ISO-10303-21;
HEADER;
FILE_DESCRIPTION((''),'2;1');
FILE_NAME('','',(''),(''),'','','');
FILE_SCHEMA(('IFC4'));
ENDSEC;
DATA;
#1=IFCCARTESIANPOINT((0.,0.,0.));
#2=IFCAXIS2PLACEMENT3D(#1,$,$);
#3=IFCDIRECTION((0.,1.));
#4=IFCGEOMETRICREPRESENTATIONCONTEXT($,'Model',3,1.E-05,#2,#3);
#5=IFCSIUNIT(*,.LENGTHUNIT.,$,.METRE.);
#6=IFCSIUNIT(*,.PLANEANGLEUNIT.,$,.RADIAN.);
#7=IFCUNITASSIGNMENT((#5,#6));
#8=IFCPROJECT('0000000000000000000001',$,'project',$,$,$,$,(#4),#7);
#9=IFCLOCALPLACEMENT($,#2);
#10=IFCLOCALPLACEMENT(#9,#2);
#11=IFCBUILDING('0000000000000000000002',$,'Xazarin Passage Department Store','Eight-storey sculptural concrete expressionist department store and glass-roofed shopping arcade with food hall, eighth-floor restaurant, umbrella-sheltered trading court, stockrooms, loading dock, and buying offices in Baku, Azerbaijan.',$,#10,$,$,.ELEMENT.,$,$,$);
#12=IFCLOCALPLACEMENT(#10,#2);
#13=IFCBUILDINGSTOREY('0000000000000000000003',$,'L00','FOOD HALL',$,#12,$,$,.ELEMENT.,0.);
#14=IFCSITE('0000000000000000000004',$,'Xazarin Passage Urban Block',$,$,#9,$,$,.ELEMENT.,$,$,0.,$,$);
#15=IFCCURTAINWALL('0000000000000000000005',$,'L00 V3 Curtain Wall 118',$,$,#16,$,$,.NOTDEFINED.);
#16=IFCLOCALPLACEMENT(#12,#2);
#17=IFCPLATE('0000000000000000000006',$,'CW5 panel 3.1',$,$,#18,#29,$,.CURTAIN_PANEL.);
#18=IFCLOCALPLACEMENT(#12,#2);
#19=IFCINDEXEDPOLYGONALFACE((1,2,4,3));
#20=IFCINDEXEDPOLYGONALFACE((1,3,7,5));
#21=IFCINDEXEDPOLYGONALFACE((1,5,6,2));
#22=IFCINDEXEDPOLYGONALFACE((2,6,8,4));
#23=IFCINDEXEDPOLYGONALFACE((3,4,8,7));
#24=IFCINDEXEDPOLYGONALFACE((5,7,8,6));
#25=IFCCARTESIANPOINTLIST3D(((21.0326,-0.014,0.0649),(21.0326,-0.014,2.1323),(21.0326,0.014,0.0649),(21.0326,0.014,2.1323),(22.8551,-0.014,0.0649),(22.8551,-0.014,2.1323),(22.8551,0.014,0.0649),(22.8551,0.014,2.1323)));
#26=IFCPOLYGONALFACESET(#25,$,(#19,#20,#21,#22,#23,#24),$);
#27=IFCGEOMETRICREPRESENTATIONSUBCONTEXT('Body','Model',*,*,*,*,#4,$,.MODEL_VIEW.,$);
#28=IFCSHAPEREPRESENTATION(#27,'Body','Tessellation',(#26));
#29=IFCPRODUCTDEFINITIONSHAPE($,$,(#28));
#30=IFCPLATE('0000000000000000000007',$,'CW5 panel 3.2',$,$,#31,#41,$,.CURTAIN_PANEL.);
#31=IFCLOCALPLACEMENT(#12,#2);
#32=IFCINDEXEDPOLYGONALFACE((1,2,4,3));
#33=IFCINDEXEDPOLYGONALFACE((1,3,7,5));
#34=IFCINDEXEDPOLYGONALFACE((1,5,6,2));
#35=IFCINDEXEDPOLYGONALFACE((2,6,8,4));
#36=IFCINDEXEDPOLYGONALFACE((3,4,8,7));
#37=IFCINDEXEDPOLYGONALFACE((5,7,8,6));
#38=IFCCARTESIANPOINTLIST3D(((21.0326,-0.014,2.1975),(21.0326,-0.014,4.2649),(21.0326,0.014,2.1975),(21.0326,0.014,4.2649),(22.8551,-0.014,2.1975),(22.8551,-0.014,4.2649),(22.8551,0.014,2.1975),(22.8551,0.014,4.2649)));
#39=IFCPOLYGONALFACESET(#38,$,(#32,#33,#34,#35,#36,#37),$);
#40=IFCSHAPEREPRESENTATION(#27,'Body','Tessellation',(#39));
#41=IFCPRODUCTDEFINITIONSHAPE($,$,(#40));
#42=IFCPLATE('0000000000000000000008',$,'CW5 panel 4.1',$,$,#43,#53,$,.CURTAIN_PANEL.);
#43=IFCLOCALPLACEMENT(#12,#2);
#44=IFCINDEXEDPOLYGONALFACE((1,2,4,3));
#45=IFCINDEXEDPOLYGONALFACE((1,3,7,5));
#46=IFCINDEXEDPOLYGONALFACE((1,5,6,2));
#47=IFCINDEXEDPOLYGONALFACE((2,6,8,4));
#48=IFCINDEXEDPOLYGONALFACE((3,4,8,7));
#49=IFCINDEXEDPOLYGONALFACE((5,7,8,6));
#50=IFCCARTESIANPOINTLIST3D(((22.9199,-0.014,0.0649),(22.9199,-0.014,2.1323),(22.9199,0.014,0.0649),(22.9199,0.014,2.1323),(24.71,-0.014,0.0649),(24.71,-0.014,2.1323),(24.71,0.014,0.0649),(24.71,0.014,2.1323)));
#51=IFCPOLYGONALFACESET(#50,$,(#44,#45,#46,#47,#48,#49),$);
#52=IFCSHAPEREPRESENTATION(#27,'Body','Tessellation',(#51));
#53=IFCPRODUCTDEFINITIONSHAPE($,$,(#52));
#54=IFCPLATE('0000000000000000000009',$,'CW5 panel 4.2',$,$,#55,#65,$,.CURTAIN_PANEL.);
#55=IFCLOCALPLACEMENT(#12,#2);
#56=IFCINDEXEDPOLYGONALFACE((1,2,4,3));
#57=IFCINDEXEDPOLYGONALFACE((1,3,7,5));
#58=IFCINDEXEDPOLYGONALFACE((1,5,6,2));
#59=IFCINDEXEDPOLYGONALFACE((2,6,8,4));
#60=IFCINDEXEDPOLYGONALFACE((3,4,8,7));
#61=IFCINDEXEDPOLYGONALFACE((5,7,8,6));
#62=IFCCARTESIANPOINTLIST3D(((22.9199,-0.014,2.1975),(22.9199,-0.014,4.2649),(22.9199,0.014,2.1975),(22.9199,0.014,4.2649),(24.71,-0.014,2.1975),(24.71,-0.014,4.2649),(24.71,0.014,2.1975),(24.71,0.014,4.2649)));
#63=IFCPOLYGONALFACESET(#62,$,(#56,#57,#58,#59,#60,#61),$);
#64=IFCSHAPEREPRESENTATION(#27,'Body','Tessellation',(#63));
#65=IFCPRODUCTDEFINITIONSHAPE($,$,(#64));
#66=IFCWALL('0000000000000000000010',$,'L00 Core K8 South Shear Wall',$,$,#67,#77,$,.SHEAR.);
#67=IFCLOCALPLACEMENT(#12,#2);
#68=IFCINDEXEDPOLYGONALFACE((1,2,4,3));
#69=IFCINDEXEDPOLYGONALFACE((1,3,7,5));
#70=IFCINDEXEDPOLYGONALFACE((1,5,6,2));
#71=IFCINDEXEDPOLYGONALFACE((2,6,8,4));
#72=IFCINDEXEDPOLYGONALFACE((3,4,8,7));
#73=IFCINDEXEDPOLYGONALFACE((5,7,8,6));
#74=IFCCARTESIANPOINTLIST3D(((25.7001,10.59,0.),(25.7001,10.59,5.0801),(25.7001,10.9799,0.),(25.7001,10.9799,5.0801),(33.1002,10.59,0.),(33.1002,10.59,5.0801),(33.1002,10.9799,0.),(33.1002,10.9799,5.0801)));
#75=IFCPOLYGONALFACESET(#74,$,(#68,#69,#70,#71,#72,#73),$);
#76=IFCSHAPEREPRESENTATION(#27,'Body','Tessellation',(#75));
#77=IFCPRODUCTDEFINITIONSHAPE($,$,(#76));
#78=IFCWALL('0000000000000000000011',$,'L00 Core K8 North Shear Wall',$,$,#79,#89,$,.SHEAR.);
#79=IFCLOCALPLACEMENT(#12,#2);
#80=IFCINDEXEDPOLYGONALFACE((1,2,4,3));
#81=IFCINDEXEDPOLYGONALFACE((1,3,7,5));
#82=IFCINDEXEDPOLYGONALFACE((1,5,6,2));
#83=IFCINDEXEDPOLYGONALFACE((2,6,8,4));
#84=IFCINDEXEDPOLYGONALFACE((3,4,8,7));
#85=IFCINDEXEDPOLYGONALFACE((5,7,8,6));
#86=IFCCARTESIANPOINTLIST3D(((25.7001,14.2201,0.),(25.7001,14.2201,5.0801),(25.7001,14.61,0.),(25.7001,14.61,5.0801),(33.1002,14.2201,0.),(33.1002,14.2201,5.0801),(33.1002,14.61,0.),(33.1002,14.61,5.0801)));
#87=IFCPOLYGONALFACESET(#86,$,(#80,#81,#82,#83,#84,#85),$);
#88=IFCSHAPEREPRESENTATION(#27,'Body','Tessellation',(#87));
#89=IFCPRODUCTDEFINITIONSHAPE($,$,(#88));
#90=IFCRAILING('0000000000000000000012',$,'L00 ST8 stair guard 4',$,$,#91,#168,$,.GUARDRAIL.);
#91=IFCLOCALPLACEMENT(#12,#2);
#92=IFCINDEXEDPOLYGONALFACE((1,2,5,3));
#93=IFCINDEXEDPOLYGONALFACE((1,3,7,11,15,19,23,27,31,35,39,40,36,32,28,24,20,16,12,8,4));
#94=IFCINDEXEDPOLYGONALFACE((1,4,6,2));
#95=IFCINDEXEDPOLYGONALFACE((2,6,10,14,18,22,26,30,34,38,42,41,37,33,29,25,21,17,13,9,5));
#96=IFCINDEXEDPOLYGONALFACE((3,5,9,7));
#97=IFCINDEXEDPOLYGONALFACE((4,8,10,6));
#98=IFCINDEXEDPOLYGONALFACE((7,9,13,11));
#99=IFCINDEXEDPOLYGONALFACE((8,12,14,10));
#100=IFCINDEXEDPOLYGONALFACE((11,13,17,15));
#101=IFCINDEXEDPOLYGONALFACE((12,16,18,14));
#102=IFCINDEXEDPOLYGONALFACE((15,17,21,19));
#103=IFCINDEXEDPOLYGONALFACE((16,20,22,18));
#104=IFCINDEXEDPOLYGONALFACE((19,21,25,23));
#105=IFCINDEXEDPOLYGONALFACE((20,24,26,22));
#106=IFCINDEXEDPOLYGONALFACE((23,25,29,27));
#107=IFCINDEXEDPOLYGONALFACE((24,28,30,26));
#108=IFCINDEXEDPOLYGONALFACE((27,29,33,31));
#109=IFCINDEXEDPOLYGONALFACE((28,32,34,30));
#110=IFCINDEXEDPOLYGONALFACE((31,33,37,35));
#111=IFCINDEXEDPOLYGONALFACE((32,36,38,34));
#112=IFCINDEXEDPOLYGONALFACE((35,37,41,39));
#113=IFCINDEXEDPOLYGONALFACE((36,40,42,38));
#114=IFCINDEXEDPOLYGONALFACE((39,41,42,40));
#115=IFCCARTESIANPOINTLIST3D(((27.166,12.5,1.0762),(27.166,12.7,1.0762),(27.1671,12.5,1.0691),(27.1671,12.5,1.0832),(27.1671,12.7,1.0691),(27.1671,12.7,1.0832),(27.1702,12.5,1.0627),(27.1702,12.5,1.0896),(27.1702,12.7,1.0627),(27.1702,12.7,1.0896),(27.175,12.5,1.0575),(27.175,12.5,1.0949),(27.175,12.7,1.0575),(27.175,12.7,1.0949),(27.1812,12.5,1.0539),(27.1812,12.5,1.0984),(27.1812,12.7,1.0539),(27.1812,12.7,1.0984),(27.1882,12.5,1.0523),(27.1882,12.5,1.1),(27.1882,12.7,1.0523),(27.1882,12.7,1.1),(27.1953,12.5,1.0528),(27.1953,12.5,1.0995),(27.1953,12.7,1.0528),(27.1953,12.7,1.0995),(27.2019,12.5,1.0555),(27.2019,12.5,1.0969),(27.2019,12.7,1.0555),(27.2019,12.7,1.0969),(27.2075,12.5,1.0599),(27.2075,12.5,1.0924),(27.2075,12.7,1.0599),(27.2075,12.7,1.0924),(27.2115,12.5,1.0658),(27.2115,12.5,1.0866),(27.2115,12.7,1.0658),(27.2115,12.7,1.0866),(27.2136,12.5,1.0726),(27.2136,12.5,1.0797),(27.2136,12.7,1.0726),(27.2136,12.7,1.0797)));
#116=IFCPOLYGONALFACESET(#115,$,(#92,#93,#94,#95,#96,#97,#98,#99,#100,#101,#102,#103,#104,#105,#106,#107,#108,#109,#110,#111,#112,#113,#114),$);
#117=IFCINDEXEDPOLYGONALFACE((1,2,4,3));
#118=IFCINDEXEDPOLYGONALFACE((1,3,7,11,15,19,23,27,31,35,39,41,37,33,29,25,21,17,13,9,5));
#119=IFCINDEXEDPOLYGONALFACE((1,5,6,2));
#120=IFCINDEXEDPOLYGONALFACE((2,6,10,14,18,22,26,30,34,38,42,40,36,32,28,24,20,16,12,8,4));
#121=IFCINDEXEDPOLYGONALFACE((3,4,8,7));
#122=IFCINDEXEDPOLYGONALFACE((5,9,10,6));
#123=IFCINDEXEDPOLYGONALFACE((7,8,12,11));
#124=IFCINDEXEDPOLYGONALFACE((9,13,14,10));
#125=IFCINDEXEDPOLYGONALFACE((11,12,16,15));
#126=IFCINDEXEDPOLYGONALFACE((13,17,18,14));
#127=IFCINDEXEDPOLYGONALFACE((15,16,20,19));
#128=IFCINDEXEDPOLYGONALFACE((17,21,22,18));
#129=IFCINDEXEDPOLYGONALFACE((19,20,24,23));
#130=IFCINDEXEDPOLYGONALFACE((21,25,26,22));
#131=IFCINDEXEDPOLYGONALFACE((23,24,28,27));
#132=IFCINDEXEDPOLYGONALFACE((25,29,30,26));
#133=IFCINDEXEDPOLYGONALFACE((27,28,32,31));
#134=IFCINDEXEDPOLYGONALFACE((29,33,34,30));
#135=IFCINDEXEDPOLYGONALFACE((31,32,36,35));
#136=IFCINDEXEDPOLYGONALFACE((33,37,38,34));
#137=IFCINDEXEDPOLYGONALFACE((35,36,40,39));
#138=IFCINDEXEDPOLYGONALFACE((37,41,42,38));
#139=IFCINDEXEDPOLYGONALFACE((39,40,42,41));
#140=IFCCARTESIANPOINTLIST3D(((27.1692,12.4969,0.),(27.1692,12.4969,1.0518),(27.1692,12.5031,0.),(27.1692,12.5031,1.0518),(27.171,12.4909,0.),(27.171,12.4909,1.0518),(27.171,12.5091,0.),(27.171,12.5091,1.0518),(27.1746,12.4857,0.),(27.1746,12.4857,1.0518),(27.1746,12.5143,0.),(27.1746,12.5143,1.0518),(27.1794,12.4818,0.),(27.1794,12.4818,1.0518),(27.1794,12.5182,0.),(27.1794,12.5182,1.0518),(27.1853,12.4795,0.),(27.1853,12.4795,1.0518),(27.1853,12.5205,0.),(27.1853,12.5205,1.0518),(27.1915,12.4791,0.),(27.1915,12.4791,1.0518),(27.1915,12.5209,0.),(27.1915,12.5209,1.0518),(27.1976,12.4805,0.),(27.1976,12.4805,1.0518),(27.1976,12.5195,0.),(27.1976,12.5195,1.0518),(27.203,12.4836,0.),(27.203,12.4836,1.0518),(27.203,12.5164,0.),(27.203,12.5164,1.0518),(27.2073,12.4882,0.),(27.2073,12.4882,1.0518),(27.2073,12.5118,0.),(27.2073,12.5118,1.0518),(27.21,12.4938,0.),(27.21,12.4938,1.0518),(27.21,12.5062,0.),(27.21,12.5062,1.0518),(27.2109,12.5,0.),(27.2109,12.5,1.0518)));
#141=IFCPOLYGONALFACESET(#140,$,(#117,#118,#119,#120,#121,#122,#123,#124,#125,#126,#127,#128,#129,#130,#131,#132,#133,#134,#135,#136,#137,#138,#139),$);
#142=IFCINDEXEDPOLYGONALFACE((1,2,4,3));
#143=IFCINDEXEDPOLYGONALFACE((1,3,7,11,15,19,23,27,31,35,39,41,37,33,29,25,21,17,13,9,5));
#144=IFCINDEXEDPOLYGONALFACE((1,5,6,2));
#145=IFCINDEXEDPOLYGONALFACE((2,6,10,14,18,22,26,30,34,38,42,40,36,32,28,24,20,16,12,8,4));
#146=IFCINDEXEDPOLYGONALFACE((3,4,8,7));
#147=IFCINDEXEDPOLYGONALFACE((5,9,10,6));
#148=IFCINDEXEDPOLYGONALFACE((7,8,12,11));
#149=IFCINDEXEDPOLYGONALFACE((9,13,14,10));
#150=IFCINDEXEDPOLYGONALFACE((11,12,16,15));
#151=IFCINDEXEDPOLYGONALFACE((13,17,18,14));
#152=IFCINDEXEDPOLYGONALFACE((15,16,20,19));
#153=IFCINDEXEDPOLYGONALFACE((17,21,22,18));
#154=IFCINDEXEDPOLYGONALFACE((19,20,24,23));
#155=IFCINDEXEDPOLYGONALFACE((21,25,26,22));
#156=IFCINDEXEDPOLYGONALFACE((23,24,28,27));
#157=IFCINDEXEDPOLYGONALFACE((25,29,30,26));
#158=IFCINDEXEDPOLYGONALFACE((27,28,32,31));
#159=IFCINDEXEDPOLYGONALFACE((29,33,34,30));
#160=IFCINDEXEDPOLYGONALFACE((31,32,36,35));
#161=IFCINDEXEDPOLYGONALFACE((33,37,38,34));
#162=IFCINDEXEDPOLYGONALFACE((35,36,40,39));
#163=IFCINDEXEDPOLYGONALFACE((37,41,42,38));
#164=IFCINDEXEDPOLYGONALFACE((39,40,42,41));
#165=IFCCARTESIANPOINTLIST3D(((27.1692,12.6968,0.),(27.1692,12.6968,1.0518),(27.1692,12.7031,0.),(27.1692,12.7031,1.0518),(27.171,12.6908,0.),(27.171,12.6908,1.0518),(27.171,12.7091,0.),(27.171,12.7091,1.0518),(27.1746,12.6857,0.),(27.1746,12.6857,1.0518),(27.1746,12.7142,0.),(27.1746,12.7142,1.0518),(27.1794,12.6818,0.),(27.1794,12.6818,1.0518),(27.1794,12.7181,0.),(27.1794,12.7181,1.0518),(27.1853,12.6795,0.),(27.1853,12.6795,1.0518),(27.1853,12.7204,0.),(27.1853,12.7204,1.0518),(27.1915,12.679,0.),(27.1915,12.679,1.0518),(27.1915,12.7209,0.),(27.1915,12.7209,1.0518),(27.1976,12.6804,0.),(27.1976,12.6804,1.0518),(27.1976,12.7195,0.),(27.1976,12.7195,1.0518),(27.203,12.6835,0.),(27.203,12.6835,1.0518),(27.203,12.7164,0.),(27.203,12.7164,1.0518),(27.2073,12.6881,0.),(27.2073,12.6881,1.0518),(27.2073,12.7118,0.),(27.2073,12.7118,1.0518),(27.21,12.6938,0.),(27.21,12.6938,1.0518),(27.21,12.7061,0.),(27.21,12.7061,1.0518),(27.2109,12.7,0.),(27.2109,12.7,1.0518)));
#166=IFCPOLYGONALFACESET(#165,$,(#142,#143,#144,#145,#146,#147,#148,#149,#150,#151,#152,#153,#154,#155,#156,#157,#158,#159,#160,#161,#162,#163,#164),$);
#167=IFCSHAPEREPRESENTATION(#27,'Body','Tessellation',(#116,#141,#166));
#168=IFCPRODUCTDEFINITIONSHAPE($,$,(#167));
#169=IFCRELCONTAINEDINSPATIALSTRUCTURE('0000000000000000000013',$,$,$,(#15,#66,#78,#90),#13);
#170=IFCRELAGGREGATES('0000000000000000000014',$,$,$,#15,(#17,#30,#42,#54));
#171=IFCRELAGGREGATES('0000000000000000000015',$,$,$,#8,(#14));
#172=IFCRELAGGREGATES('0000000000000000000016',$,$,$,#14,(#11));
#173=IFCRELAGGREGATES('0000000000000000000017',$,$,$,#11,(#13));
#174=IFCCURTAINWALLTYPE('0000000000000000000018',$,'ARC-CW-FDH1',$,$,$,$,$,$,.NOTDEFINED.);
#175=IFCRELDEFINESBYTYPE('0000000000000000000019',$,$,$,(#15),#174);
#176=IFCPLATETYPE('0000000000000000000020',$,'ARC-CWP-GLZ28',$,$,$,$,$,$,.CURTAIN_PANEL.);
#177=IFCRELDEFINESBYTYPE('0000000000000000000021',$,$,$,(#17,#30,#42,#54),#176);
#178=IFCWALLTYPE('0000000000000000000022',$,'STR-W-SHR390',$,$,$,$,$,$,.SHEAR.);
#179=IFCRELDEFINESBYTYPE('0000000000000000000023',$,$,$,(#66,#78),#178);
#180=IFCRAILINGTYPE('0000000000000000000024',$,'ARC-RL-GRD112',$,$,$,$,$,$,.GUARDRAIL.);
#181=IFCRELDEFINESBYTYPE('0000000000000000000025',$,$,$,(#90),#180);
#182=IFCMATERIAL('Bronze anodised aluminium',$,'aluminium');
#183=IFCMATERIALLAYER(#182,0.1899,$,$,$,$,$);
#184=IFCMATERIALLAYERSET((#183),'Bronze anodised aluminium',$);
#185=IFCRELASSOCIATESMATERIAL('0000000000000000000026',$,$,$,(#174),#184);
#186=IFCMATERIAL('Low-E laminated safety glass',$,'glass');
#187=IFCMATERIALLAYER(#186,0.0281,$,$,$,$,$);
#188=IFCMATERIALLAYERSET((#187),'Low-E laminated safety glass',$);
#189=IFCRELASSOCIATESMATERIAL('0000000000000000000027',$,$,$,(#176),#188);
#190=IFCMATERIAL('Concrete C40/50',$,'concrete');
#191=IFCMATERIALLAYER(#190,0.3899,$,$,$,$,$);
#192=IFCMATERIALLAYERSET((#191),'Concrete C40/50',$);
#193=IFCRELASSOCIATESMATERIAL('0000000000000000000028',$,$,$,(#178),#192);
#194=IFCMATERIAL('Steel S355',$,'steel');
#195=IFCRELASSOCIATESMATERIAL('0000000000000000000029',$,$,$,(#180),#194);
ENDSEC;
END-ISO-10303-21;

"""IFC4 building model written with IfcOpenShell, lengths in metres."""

from ifc_helpers import new_model, si_unit, direction, frame, frame_2d, origin, origin_2d, place, context, subcontext, project, spatial, rectangle, circle, extrude, material, layer, layer_set, type_object, element, aggregate, save


model = new_model("IFC4")

# Units and contexts
model_context = context("Model", 3, precision=1e-05, world=origin(), true_north=direction((0.0, 1.0)))
body_context = subcontext(model_context, "Body", "Model", "MODEL_VIEW")
ifc_project = project(units=[si_unit("LENGTHUNIT", "METRE"), si_unit("PLANEANGLEUNIT", "RADIAN")], contexts=[model_context])

# Site, building, storey
site_placement = place(None, origin())
site = spatial("IfcSite", under=ifc_project, at=site_placement, Name="Xazarin Passage Urban Block", CompositionType="ELEMENT", RefElevation=0.0)
building_placement = place(site_placement, origin())
building = spatial("IfcBuilding", under=site, at=building_placement, Name="Xazarin Passage Department Store", Description="Eight-storey sculptural concrete expressionist department store and glass-roofed shopping arcade with food hall, eighth-floor restaurant, umbrella-sheltered trading court, stockrooms, loading dock, and buying offices in Baku, Azerbaijan.", CompositionType="ELEMENT")
storey_placement = place(building_placement, origin())
storey = spatial("IfcBuildingStorey", under=building, at=storey_placement, Name="L00", Description="FOOD HALL", CompositionType="ELEMENT", Elevation=0.0)

# Shared definitions
ifc_material_1 = material(Name="Concrete C40/50", Category="concrete")

# Curtain wall, plates
ifc_material_2 = material(Name="Bronze anodised aluminium", Category="aluminium")
ifc_layer_1 = layer(ifc_material_2, 0.1899)
ifc_layer_set_1 = layer_set([ifc_layer_1], Name="Bronze anodised aluminium")
curtain_wall_type = type_object("IfcCurtainWallType", Name="ARC-CW-FDH1", PredefinedType="NOTDEFINED", material=ifc_layer_set_1)
curtain_wall_placement = place(storey_placement, origin())
curtain_wall = element("IfcCurtainWall", 1, at=curtain_wall_placement, inside=storey, type_object=curtain_wall_type, Name="L00 V3 Curtain Wall 118", PredefinedType="NOTDEFINED")
ifc_material_3 = material(Name="Low-E laminated safety glass", Category="glass")
ifc_layer_2 = layer(ifc_material_3, 0.0281)
ifc_layer_set_2 = layer_set([ifc_layer_2], Name="Low-E laminated safety glass")
plate_type = type_object("IfcPlateType", Name="ARC-CWP-GLZ28", PredefinedType="CURTAIN_PANEL", material=ifc_layer_set_2)
plate_1_placement = place(storey_placement, frame((21.9438, 0.0, 0.0649), z_axis=(0.0, 0.0, 1.0), x_axis=(1.0, 0.0, 0.0)))
plate_1 = element("IfcPlate", 2, at=plate_1_placement, type_object=plate_type, Name="CW5 panel 3.1", PredefinedType="CURTAIN_PANEL", context=body_context, shape_type="SweptSolid", body=[
    extrude(rectangle(XDim=1.8225, YDim=0.0281, at=origin_2d()), origin(), (0.0, 0.0, 1.0), 2.0674),
])
plate_2_placement = place(storey_placement, frame((21.9438, 0.0, 2.1975), z_axis=(0.0, 0.0, 1.0), x_axis=(1.0, 0.0, 0.0)))
plate_2 = element("IfcPlate", 3, at=plate_2_placement, type_object=plate_type, Name="CW5 panel 3.2", PredefinedType="CURTAIN_PANEL", context=body_context, shape_type="SweptSolid", body=[
    extrude(rectangle(XDim=1.8225, YDim=0.0281, at=origin_2d()), origin(), (0.0, 0.0, 1.0), 2.0674),
])
plate_3_placement = place(storey_placement, frame((23.8149, 0.0, 0.0649), z_axis=(0.0, 0.0, 1.0), x_axis=(1.0, 0.0, 0.0)))
plate_3 = element("IfcPlate", 4, at=plate_3_placement, type_object=plate_type, Name="CW5 panel 4.1", PredefinedType="CURTAIN_PANEL", context=body_context, shape_type="SweptSolid", body=[
    extrude(rectangle(XDim=1.79, YDim=0.0281, at=origin_2d()), origin(), (0.0, 0.0, 1.0), 2.0674),
])
plate_4_placement = place(storey_placement, frame((23.8149, 0.0, 2.1975), z_axis=(0.0, 0.0, 1.0), x_axis=(1.0, 0.0, 0.0)))
plate_4 = element("IfcPlate", 5, at=plate_4_placement, type_object=plate_type, Name="CW5 panel 4.2", PredefinedType="CURTAIN_PANEL", context=body_context, shape_type="SweptSolid", body=[
    extrude(rectangle(XDim=1.79, YDim=0.0281, at=origin_2d()), origin(), (0.0, 0.0, 1.0), 2.0674),
])
aggregate(curtain_wall, [plate_1, plate_2, plate_3, plate_4])

# Shared definitions
ifc_layer_3 = layer(ifc_material_1, 0.3899)
ifc_layer_set_3 = layer_set([ifc_layer_3], Name="Concrete C40/50")
wall_type_1 = type_object("IfcWallType", Name="STR-W-SHR390", PredefinedType="SHEAR", material=ifc_layer_set_3)
ifc_material_4 = material(Name="Steel S355", Category="steel")

# Walls
for number, where, z_axis, x_axis, name in (
    (6, (25.7, 10.7849, 0.0), (0.0, 0.0, 1.0), (1.0, 0.0, 0.0), "L00 Core K8 South Shear Wall"),
    (7, (25.7, 14.415, 0.0), (0.0, 0.0, 1.0), (1.0, 0.0, 0.0), "L00 Core K8 North Shear Wall"),
):
    element("IfcWall", number, at=place(storey_placement, frame(where, z_axis=z_axis, x_axis=x_axis)), inside=storey, type_object=wall_type_1, Name=name, PredefinedType="SHEAR", context=body_context, shape_type="SweptSolid", body=[
        extrude(rectangle(XDim=7.4001, YDim=0.3899, at=frame_2d((3.7002, 0.0))), origin(), (0.0, 0.0, 1.0), 5.0801),
    ])

# Railing
railing_type_1 = type_object("IfcRailingType", Name="ARC-RL-GRD112", PredefinedType="GUARDRAIL", material=ifc_material_4)
railing_1_placement = place(storey_placement, frame((27.1899, 12.5, 0.0)))
element("IfcRailing", 8, at=railing_1_placement, inside=storey, type_object=railing_type_1, Name="L00 ST8 stair guard 4", PredefinedType="GUARDRAIL", context=body_context, shape_type="SweptSolid", body=[
    extrude(circle(Radius=0.0239, at=origin_2d()), frame((0.0, 0.0, 1.0762), z_axis=(0.0, 1.0, 0.0), x_axis=(-1.0, 0.0, 0.0)), (0.0, 0.0, 1.0), 0.2),
    extrude(circle(Radius=0.021, at=origin_2d()), origin(), (0.0, 0.0, 1.0), 1.0518),
    extrude(circle(Radius=0.021, at=origin_2d()), frame((0.0, 0.2, 0.0)), (0.0, 0.0, 1.0), 1.0518),
])

save(model, "model.ifc")
